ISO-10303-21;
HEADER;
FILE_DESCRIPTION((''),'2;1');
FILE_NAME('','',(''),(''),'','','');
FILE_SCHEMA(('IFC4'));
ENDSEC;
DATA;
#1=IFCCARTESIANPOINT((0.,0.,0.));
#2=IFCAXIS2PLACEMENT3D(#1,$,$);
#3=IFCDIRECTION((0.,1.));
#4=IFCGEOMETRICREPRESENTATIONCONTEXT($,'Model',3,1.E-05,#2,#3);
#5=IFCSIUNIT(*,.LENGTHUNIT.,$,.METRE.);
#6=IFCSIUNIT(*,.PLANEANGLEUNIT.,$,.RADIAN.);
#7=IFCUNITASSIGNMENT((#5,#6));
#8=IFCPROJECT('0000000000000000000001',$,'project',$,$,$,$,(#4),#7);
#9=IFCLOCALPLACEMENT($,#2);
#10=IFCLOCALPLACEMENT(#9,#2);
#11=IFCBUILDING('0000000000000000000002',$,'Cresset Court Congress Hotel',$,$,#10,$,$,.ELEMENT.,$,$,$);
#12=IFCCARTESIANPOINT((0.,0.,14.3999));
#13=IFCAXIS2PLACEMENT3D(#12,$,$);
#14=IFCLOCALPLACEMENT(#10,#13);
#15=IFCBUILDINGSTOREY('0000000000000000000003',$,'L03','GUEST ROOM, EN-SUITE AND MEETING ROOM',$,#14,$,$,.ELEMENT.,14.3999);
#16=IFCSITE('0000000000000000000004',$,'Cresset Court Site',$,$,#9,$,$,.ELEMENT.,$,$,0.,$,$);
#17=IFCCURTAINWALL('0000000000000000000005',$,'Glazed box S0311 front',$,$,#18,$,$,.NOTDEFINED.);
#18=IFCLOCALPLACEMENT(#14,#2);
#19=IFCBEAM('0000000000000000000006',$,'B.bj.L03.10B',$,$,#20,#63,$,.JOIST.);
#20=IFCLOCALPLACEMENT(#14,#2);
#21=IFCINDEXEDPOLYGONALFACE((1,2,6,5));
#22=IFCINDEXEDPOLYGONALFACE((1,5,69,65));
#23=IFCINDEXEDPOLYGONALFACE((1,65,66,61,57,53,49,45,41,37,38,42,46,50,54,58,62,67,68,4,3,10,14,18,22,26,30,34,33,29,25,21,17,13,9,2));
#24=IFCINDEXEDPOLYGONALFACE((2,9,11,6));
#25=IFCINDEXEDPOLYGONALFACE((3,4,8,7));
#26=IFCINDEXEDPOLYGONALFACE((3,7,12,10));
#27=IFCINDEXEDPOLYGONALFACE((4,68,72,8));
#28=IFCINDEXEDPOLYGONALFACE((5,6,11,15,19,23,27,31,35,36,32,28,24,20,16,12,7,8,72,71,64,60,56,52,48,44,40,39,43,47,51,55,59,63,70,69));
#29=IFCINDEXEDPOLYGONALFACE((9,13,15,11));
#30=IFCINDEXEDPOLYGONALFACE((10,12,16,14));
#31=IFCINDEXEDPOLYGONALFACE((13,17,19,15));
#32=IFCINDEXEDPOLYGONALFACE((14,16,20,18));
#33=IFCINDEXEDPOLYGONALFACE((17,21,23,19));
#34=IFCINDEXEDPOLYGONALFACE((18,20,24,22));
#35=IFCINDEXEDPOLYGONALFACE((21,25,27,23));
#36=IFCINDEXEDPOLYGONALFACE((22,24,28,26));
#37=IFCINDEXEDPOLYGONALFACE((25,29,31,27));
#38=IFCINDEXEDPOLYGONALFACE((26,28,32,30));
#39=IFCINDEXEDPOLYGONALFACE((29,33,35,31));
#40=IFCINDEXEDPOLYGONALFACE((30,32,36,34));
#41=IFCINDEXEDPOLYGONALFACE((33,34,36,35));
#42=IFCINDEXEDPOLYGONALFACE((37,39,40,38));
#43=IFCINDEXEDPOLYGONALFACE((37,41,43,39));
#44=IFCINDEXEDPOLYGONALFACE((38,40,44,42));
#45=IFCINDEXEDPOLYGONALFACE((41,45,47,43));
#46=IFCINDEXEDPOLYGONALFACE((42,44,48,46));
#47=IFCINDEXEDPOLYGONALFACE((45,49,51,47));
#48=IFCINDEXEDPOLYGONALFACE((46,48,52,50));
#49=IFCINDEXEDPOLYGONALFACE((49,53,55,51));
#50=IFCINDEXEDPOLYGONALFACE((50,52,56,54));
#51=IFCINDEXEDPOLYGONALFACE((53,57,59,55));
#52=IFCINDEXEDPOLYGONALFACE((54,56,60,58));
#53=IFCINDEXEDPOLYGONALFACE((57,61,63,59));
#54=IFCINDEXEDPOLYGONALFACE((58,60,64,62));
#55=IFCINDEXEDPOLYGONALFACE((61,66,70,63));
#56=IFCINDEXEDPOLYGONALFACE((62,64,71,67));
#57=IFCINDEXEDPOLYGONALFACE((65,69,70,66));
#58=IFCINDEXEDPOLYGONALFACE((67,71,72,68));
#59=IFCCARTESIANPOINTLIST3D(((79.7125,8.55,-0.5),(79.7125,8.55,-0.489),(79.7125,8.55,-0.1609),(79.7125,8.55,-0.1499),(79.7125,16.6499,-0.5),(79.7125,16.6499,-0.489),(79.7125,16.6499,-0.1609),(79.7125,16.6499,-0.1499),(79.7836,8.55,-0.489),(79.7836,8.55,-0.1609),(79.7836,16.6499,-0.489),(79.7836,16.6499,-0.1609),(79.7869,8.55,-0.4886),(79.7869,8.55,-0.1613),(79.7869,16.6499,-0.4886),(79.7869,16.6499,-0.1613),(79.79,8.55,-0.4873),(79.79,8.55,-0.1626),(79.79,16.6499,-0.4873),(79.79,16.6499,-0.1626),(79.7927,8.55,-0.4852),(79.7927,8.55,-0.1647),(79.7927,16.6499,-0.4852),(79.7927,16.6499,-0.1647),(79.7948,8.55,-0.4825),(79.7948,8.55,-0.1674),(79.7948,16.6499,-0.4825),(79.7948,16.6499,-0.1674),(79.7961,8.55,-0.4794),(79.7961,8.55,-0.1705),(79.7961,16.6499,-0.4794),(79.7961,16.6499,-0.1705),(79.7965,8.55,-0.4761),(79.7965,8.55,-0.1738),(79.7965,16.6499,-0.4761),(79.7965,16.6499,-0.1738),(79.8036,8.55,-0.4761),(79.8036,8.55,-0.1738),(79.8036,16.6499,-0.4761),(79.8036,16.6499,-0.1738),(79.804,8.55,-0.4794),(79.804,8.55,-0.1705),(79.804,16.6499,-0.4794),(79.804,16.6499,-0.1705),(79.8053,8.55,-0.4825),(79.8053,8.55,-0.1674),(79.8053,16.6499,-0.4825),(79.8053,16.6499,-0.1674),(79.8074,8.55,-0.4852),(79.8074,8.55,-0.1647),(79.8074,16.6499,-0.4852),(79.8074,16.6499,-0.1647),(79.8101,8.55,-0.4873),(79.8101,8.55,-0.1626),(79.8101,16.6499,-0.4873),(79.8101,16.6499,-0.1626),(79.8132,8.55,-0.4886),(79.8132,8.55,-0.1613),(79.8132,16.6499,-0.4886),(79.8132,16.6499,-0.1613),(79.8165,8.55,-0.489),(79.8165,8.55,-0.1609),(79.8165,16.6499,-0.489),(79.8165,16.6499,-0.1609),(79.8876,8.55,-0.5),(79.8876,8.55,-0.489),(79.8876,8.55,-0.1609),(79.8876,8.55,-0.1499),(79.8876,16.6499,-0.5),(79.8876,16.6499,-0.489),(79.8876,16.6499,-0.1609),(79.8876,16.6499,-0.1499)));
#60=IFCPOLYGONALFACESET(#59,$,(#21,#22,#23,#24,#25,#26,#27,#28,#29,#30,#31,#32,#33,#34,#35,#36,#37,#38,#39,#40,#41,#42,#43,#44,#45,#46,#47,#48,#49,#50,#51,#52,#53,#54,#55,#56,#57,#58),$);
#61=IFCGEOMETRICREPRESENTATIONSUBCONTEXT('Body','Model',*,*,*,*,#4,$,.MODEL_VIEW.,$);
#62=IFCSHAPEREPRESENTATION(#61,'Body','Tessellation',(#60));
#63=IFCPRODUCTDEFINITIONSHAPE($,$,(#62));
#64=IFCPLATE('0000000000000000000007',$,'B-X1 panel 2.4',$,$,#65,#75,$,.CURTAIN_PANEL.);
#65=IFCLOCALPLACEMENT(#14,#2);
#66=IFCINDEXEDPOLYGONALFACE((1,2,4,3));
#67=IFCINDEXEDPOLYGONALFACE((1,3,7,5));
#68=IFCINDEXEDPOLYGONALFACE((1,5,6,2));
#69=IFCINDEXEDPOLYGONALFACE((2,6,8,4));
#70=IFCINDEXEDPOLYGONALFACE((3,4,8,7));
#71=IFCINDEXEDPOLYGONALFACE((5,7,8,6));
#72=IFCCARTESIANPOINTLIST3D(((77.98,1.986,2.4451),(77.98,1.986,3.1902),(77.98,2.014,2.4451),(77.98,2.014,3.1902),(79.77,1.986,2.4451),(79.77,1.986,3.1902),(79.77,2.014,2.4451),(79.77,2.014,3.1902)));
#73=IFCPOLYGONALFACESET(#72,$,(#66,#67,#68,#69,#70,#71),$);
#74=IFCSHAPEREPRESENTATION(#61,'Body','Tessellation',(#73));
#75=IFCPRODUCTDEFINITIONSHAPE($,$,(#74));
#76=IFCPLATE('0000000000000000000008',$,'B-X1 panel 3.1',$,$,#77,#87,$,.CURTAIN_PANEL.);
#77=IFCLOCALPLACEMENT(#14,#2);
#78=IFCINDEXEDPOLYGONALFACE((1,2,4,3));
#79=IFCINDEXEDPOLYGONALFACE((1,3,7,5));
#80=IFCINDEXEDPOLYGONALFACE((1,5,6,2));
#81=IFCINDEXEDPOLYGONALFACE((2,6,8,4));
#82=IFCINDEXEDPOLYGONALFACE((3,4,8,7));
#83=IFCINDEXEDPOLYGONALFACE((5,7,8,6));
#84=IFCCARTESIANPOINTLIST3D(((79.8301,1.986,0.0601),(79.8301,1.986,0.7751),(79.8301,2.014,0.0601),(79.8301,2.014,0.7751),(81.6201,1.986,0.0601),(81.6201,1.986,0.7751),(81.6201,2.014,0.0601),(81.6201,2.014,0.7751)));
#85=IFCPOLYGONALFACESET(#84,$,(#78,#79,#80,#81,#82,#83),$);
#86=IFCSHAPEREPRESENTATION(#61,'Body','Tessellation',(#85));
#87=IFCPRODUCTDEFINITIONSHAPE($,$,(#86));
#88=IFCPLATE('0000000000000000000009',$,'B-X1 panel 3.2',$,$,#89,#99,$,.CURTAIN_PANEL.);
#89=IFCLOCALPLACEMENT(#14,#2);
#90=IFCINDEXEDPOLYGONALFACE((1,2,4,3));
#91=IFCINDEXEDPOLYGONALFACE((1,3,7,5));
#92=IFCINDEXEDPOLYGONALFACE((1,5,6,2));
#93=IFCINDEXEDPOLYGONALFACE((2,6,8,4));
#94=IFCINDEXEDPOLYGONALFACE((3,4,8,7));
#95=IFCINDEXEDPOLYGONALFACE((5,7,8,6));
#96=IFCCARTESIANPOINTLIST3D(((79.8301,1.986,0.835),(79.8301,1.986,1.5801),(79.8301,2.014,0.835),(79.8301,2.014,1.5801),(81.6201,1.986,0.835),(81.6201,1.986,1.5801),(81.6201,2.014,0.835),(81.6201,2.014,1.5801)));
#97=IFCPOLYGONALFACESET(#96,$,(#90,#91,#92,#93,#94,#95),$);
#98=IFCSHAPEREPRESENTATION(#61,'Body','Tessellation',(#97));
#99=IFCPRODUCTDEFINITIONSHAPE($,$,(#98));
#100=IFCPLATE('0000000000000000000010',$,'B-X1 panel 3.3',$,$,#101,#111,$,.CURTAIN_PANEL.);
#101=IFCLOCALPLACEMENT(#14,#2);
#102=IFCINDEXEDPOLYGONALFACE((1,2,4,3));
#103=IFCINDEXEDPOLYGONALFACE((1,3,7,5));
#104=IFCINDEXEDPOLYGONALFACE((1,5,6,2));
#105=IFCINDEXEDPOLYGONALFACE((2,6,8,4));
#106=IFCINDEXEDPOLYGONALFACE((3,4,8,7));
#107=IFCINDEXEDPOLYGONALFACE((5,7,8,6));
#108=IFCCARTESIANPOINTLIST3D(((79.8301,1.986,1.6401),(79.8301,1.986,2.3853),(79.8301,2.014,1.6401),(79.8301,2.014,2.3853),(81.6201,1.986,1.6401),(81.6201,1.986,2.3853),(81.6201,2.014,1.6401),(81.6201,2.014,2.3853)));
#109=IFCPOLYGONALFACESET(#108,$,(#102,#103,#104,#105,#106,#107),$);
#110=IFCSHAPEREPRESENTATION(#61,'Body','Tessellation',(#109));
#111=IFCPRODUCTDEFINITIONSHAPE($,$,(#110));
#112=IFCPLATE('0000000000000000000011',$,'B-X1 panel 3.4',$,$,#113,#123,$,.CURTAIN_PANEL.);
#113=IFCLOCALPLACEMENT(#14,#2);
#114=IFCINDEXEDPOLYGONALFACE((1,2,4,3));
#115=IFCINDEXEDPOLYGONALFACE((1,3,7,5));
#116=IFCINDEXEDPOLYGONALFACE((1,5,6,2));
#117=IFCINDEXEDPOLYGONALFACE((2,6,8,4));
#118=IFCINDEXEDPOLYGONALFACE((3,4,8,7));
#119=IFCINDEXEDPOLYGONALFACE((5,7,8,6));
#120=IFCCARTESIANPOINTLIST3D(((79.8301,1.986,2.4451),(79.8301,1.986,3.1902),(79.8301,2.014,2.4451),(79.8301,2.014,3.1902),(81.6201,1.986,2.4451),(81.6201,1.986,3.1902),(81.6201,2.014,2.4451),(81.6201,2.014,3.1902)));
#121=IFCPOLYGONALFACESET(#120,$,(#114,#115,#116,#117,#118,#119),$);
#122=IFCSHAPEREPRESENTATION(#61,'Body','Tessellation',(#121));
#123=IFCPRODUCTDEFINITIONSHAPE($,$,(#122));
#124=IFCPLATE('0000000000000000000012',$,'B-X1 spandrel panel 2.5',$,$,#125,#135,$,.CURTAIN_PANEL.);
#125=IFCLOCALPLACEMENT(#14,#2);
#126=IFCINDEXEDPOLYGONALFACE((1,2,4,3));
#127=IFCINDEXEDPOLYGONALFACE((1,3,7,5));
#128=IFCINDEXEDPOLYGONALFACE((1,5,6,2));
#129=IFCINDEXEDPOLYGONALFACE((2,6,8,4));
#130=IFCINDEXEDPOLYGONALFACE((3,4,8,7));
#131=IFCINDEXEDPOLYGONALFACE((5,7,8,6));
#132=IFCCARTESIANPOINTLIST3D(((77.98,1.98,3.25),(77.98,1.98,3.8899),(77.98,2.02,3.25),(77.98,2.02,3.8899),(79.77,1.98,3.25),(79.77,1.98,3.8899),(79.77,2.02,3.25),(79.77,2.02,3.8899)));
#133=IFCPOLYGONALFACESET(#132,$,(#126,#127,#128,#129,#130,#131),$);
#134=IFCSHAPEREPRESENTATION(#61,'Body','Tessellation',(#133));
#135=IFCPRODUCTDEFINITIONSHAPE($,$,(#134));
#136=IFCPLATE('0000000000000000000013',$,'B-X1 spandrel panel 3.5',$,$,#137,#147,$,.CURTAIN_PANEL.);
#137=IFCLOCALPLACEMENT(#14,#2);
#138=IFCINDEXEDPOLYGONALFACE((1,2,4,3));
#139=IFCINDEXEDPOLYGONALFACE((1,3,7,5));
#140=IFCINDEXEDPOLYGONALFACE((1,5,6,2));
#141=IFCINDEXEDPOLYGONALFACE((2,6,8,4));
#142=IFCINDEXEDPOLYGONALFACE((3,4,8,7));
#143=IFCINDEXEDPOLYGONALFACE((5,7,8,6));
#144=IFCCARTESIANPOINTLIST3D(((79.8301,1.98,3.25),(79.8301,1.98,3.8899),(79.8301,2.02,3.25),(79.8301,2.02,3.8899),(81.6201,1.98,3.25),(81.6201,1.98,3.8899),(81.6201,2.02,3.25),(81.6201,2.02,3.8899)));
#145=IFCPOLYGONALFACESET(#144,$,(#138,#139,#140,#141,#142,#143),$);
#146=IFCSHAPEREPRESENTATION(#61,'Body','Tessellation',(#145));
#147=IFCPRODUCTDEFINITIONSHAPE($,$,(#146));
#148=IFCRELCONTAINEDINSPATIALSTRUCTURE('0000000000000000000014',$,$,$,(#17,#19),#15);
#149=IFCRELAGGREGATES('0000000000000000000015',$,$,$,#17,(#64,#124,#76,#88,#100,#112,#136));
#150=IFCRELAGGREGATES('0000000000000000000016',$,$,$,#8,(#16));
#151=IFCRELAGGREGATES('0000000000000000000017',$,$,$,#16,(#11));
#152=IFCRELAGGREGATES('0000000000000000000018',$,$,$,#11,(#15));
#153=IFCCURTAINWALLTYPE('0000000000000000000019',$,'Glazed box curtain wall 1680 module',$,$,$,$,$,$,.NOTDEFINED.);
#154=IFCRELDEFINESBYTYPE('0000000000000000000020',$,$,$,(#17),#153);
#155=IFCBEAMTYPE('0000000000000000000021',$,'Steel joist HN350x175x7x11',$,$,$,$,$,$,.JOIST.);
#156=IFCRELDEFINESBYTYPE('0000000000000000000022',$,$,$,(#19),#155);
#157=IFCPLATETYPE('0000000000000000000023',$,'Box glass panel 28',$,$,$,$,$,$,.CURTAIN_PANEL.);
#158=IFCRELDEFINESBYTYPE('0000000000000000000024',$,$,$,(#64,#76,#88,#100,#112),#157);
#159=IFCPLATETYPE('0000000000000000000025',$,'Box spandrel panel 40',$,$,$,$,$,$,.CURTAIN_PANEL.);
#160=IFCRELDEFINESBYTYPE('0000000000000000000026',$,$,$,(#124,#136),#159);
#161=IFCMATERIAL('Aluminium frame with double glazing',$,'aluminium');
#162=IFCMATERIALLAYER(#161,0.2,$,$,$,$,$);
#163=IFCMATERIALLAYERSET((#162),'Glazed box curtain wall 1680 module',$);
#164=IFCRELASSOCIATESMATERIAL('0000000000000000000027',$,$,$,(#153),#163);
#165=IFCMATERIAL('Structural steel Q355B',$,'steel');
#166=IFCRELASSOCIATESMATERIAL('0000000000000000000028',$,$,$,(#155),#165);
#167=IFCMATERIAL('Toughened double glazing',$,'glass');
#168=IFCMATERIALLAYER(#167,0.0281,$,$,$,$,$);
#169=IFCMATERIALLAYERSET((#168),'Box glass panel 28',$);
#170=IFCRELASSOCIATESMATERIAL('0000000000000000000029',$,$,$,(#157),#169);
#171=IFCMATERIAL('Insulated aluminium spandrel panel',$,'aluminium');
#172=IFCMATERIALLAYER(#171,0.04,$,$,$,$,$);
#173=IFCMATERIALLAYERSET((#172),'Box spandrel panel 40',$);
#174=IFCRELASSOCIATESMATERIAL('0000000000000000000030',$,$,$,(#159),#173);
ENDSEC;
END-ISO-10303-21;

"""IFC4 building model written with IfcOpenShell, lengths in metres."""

from ifc_helpers import new_model, si_unit, direction, frame, origin, origin_2d, place, context, subcontext, project, spatial, rectangle, i_section, extrude, material, layer, layer_set, material_profile, profile_set, type_object, element, aggregate, save


model = new_model("IFC4")

# Units and contexts
model_context = context("Model", 3, precision=1e-05, world=origin(), true_north=direction((0.0, 1.0)))
body_context = subcontext(model_context, "Body", "Model", "MODEL_VIEW")
ifc_project = project(units=[si_unit("LENGTHUNIT", "METRE"), si_unit("PLANEANGLEUNIT", "RADIAN")], contexts=[model_context])

# Site, building, storey
site_placement = place(None, origin())
site = spatial("IfcSite", under=ifc_project, at=site_placement, Name="Cresset Court Site", CompositionType="ELEMENT", RefElevation=0.0)
building_placement = place(site_placement, origin())
building = spatial("IfcBuilding", under=site, at=building_placement, Name="Cresset Court Congress Hotel", CompositionType="ELEMENT")
storey_placement = place(building_placement, frame((0.0, 0.0, 14.3999)))
storey = spatial("IfcBuildingStorey", under=building, at=storey_placement, Name="L03", Description="GUEST ROOM, EN-SUITE AND MEETING ROOM", CompositionType="ELEMENT", Elevation=14.3999)

# Curtain wall
ifc_material_1 = material(Name="Aluminium frame with double glazing", Category="aluminium")
ifc_layer_1 = layer(ifc_material_1, 0.2)
ifc_layer_set_1 = layer_set([ifc_layer_1], Name="Glazed box curtain wall 1680 module")
curtain_wall_type = type_object("IfcCurtainWallType", Name="Glazed box curtain wall 1680 module", PredefinedType="NOTDEFINED", material=ifc_layer_set_1)
curtain_wall_placement = place(storey_placement, origin())
curtain_wall = element("IfcCurtainWall", 1, at=curtain_wall_placement, inside=storey, type_object=curtain_wall_type, Name="Glazed box S0311 front", PredefinedType="NOTDEFINED")

# Beam
ifc_material_2 = material(Name="Structural steel Q355B", Category="steel")
ifc_material_profile_1 = material_profile(ifc_material_2, i_section(OverallWidth=0.175, OverallDepth=0.3501, WebThickness=0.0071, FlangeThickness=0.011, FilletRadius=0.0129, at=origin_2d()), Name="HN350x175x7x11")
ifc_profile_set_1 = profile_set([ifc_material_profile_1], Name="Structural steel Q355B")
beam_type = type_object("IfcBeamType", Name="Steel joist HN350x175x7x11", PredefinedType="JOIST", material=ifc_profile_set_1)
beam_placement = place(storey_placement, frame((79.8, 8.55, -0.325), z_axis=(0.0, 1.0, 0.0), x_axis=(-1.0, 0.0, 0.0)))
element("IfcBeam", 2, at=beam_placement, inside=storey, type_object=beam_type, Name="B.bj.L03.10B", PredefinedType="JOIST", context=body_context, shape_type="SweptSolid", body=[
    extrude(i_section(OverallWidth=0.175, OverallDepth=0.3501, WebThickness=0.0071, FlangeThickness=0.011, FilletRadius=0.0129, at=origin_2d()), origin(), (0.0, 0.0, 1.0), 8.0999),
])

# Plates
ifc_material_3 = material(Name="Toughened double glazing", Category="glass")
ifc_layer_2 = layer(ifc_material_3, 0.0281)
ifc_layer_set_2 = layer_set([ifc_layer_2], Name="Box glass panel 28")
plate_type_1 = type_object("IfcPlateType", Name="Box glass panel 28", PredefinedType="CURTAIN_PANEL", material=ifc_layer_set_2)
plate_1_placement = place(storey_placement, frame((78.875, 2.0, 2.4451), z_axis=(0.0, 0.0, 1.0), x_axis=(1.0, 0.0, 0.0)))
plate_1 = element("IfcPlate", 3, at=plate_1_placement, type_object=plate_type_1, Name="B-X1 panel 2.4", PredefinedType="CURTAIN_PANEL", context=body_context, shape_type="SweptSolid", body=[
    extrude(rectangle(XDim=1.79, YDim=0.0281, at=origin_2d()), origin(), (0.0, 0.0, 1.0), 0.7451),
])
plate_2_placement = place(storey_placement, frame((80.7251, 2.0, 0.0601), z_axis=(0.0, 0.0, 1.0), x_axis=(1.0, 0.0, 0.0)))
plate_2 = element("IfcPlate", 4, at=plate_2_placement, type_object=plate_type_1, Name="B-X1 panel 3.1", PredefinedType="CURTAIN_PANEL", context=body_context, shape_type="SweptSolid", body=[
    extrude(rectangle(XDim=1.79, YDim=0.0281, at=origin_2d()), origin(), (0.0, 0.0, 1.0), 0.7151),
])
plate_3_placement = place(storey_placement, frame((80.7251, 2.0, 0.835), z_axis=(0.0, 0.0, 1.0), x_axis=(1.0, 0.0, 0.0)))
plate_3 = element("IfcPlate", 5, at=plate_3_placement, type_object=plate_type_1, Name="B-X1 panel 3.2", PredefinedType="CURTAIN_PANEL", context=body_context, shape_type="SweptSolid", body=[
    extrude(rectangle(XDim=1.79, YDim=0.0281, at=origin_2d()), origin(), (0.0, 0.0, 1.0), 0.7451),
])
plate_4_placement = place(storey_placement, frame((80.7251, 2.0, 1.6401), z_axis=(0.0, 0.0, 1.0), x_axis=(1.0, 0.0, 0.0)))
plate_4 = element("IfcPlate", 6, at=plate_4_placement, type_object=plate_type_1, Name="B-X1 panel 3.3", PredefinedType="CURTAIN_PANEL", context=body_context, shape_type="SweptSolid", body=[
    extrude(rectangle(XDim=1.79, YDim=0.0281, at=origin_2d()), origin(), (0.0, 0.0, 1.0), 0.7451),
])
plate_5_placement = place(storey_placement, frame((80.7251, 2.0, 2.4451), z_axis=(0.0, 0.0, 1.0), x_axis=(1.0, 0.0, 0.0)))
plate_5 = element("IfcPlate", 7, at=plate_5_placement, type_object=plate_type_1, Name="B-X1 panel 3.4", PredefinedType="CURTAIN_PANEL", context=body_context, shape_type="SweptSolid", body=[
    extrude(rectangle(XDim=1.79, YDim=0.0281, at=origin_2d()), origin(), (0.0, 0.0, 1.0), 0.7451),
])
ifc_material_4 = material(Name="Insulated aluminium spandrel panel", Category="aluminium")
ifc_layer_3 = layer(ifc_material_4, 0.04)
ifc_layer_set_3 = layer_set([ifc_layer_3], Name="Box spandrel panel 40")
plate_type_2 = type_object("IfcPlateType", Name="Box spandrel panel 40", PredefinedType="CURTAIN_PANEL", material=ifc_layer_set_3)
plate_6_placement = place(storey_placement, frame((78.875, 2.0, 3.25), z_axis=(0.0, 0.0, 1.0), x_axis=(1.0, 0.0, 0.0)))
plate_6 = element("IfcPlate", 8, at=plate_6_placement, type_object=plate_type_2, Name="B-X1 spandrel panel 2.5", PredefinedType="CURTAIN_PANEL", context=body_context, shape_type="SweptSolid", body=[
    extrude(rectangle(XDim=1.79, YDim=0.04, at=origin_2d()), origin(), (0.0, 0.0, 1.0), 0.6399),
])
plate_7_placement = place(storey_placement, frame((80.7251, 2.0, 3.25), z_axis=(0.0, 0.0, 1.0), x_axis=(1.0, 0.0, 0.0)))
plate_7 = element("IfcPlate", 9, at=plate_7_placement, type_object=plate_type_2, Name="B-X1 spandrel panel 3.5", PredefinedType="CURTAIN_PANEL", context=body_context, shape_type="SweptSolid", body=[
    extrude(rectangle(XDim=1.79, YDim=0.04, at=origin_2d()), origin(), (0.0, 0.0, 1.0), 0.6399),
])
aggregate(curtain_wall, [plate_1, plate_6, plate_2, plate_3, plate_4, plate_5, plate_7])

save(model, "model.ifc")
